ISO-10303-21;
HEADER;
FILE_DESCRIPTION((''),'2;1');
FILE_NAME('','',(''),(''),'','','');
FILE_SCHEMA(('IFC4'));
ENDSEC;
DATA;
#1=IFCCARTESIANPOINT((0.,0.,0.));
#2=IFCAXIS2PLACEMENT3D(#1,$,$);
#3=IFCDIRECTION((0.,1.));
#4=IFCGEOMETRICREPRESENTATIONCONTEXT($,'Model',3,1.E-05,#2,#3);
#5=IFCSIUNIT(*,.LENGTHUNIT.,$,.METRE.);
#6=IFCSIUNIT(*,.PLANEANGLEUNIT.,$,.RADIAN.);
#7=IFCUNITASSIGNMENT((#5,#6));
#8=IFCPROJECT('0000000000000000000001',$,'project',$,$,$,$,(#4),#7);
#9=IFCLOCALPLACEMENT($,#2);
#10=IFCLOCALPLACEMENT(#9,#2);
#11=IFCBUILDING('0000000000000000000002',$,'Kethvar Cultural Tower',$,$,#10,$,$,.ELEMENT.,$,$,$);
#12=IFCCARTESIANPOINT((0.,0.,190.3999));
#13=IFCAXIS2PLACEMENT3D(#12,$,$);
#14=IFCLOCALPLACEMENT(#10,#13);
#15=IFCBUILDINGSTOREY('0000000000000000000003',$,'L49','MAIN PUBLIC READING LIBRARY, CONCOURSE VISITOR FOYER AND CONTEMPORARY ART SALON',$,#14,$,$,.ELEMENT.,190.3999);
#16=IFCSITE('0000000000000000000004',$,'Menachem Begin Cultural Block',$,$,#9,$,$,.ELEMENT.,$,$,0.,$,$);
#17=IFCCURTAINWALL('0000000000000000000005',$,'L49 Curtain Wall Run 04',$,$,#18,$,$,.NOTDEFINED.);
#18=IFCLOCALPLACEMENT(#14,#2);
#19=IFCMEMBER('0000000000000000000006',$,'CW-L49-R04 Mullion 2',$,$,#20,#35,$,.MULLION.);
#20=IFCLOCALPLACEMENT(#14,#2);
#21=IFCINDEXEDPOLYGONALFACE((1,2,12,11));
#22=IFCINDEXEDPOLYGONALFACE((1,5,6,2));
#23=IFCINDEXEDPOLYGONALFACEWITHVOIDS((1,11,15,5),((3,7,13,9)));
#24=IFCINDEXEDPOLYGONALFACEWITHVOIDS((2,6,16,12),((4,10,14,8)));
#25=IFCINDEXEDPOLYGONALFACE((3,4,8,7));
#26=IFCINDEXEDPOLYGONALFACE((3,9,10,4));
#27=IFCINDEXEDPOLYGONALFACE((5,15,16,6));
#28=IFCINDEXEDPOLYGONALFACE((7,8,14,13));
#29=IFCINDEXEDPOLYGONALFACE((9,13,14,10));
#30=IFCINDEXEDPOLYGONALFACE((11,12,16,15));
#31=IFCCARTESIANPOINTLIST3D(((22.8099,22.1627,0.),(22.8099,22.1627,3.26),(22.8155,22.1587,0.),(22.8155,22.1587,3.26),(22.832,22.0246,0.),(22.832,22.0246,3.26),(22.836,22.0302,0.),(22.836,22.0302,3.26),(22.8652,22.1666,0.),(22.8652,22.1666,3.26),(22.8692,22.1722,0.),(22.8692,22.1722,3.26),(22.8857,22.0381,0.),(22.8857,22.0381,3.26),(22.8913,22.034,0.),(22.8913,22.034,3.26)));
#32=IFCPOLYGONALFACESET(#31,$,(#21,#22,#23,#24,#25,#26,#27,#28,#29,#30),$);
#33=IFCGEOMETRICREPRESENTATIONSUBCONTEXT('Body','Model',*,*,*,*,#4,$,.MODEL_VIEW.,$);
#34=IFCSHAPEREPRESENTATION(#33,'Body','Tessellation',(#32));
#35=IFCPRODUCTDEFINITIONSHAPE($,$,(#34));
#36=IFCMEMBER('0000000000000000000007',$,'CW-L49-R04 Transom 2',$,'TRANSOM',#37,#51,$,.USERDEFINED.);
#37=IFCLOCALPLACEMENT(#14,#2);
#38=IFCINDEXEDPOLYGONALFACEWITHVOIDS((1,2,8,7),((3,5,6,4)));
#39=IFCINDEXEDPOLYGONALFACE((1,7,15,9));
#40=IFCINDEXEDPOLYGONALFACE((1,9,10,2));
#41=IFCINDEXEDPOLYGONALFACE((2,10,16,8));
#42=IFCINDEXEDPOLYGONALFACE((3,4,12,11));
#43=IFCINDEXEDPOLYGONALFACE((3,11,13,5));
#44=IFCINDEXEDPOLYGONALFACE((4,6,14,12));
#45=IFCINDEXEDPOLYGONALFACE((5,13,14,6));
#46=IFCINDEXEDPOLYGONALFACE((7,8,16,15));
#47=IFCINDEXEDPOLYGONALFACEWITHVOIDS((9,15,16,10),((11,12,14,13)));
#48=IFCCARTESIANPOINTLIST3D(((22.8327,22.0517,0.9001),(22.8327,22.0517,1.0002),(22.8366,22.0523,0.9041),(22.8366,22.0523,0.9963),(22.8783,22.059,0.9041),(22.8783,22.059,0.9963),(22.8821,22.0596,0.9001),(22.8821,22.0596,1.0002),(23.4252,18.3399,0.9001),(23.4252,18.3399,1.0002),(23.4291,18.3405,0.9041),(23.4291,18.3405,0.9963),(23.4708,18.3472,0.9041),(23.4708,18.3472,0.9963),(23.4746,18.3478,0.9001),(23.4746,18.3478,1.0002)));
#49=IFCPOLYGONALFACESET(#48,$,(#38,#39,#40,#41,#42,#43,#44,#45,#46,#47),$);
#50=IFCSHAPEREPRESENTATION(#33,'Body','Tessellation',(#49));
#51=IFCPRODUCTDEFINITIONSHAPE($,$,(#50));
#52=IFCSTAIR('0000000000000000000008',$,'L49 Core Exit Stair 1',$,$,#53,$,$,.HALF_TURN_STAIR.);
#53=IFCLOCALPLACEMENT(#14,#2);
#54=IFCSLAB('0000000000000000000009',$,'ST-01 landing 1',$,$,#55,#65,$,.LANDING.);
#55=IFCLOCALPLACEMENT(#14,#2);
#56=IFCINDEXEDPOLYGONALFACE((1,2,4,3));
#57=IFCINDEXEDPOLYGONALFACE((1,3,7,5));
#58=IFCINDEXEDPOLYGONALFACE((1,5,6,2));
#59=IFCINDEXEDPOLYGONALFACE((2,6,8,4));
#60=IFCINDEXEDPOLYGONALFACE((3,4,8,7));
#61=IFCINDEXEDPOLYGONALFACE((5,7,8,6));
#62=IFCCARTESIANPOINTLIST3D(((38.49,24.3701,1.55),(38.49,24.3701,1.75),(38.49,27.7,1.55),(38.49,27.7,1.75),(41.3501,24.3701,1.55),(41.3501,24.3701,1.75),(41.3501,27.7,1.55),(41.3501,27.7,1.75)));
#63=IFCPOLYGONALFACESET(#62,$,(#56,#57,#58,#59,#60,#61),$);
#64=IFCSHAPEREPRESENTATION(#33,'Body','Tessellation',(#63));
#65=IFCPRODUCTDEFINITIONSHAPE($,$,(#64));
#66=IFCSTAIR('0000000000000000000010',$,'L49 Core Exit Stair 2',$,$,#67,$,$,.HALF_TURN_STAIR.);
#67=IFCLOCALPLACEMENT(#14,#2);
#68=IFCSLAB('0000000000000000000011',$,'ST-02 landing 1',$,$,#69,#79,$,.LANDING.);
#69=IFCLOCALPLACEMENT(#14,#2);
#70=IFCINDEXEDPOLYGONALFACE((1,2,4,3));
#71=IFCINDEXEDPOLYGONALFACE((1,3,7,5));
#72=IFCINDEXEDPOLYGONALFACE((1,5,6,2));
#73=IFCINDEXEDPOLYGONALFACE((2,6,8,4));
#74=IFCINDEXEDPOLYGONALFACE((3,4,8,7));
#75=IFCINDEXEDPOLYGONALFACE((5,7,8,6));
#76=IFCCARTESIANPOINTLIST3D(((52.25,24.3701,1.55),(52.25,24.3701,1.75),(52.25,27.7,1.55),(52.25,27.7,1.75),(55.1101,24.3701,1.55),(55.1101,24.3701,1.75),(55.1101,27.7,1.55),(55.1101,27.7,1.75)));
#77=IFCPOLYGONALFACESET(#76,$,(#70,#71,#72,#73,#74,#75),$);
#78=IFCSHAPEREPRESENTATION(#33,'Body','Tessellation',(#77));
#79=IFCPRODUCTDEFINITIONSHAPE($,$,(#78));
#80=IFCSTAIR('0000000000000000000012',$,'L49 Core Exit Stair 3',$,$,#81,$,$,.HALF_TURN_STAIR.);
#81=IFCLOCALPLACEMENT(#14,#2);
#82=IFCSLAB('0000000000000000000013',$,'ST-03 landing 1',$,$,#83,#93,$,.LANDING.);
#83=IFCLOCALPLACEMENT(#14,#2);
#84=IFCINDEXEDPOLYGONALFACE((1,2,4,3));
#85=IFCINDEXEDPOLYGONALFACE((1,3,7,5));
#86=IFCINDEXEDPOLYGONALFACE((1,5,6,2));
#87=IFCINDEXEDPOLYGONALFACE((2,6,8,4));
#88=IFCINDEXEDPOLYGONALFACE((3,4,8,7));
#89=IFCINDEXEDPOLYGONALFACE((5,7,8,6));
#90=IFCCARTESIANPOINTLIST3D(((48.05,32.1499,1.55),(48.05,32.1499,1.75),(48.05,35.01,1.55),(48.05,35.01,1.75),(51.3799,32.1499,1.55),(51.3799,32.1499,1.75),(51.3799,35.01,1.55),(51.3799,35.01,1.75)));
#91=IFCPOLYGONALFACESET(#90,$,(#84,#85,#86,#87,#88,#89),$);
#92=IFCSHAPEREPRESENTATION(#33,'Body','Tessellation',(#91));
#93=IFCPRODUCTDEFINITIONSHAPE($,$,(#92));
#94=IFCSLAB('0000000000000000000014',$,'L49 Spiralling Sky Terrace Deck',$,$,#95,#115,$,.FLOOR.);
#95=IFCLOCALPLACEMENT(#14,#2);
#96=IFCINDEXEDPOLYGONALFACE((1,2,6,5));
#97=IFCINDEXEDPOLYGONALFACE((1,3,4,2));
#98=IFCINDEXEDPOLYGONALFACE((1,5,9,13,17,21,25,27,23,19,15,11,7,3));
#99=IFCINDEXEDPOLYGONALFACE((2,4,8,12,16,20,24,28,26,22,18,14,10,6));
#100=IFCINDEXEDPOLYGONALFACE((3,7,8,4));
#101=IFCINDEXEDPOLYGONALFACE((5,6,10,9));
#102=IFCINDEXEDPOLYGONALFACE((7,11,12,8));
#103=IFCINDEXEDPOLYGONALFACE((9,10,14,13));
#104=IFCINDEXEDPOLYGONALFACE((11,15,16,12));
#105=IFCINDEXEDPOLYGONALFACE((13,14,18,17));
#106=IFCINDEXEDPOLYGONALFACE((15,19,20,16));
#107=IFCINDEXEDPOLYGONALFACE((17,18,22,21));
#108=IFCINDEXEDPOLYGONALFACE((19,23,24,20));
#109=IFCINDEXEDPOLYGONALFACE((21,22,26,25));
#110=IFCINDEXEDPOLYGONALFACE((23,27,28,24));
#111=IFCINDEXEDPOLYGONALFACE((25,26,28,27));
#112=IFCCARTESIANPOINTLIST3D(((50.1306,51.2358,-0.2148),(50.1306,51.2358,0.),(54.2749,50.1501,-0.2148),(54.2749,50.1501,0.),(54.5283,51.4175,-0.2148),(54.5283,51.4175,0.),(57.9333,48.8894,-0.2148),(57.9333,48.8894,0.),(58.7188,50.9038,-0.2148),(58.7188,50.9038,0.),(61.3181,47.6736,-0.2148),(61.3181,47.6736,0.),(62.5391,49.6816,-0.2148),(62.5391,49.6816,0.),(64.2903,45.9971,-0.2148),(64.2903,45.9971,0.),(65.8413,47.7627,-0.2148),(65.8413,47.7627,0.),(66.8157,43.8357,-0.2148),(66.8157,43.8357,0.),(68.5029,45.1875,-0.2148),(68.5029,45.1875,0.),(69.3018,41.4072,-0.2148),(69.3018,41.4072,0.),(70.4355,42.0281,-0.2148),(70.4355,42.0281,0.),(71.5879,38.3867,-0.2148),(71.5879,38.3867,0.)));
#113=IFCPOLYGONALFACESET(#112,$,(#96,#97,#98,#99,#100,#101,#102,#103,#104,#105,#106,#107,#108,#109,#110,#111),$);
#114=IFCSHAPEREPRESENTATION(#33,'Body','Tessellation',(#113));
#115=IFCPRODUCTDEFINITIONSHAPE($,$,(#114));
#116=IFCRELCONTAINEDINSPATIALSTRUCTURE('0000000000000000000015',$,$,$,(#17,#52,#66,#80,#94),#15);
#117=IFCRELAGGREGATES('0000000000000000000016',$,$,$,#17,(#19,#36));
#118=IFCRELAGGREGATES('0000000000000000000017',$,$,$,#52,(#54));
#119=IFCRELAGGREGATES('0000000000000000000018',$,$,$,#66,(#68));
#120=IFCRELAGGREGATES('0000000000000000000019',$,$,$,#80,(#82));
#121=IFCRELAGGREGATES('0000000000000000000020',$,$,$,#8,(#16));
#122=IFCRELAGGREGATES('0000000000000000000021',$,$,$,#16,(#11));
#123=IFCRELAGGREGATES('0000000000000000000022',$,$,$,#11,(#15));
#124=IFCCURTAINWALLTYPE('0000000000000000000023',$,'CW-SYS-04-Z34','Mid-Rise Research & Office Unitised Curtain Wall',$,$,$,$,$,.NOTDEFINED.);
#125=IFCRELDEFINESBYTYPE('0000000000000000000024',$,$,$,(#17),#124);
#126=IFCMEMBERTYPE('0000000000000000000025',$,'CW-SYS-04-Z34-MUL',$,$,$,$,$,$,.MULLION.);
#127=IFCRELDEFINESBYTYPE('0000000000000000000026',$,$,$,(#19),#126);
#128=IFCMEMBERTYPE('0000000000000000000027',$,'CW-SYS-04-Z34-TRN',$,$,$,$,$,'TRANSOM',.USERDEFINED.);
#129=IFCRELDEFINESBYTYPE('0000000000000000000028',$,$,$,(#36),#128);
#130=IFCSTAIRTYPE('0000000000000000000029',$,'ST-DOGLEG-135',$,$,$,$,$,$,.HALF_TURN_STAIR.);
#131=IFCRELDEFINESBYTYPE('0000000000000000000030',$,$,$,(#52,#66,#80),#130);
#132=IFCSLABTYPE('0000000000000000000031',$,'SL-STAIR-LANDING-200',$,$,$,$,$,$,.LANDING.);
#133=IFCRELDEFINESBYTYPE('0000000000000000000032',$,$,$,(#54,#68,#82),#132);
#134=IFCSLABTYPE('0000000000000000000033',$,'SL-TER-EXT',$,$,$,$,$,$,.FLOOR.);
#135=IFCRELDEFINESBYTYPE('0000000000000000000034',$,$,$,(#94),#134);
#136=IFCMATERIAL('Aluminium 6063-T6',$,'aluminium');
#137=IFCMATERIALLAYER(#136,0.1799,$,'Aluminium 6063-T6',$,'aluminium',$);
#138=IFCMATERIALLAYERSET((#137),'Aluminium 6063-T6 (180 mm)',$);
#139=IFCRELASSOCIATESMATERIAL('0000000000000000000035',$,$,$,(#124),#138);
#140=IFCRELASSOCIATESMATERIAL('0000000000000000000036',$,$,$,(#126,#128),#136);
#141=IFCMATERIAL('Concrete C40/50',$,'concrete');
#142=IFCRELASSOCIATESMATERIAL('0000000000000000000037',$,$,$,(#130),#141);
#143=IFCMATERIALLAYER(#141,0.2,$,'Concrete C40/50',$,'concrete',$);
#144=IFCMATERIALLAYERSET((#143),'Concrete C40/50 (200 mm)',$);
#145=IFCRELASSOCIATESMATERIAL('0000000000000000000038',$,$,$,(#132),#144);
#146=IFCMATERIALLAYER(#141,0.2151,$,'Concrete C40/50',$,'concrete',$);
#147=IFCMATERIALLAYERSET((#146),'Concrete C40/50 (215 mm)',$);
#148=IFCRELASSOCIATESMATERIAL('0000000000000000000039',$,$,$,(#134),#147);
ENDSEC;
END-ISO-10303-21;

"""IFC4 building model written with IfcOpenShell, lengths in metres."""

from ifc_helpers import new_model, si_unit, direction, frame, origin, origin_2d, place, context, subcontext, project, spatial, polyline, hollow_rectangle, outline, extrude, source, transform, mapped, material, layer, layer_set, material_profile, profile_set, type_object, element, aggregate, save


model = new_model("IFC4")

# Units and contexts
model_context = context("Model", 3, precision=1e-05, world=origin(), true_north=direction((0.0, 1.0)))
body_context = subcontext(model_context, "Body", "Model", "MODEL_VIEW")
ifc_project = project(units=[si_unit("LENGTHUNIT", "METRE"), si_unit("PLANEANGLEUNIT", "RADIAN")], contexts=[model_context])

# Site, building, storey
site_placement = place(None, origin())
site = spatial("IfcSite", under=ifc_project, at=site_placement, Name="Menachem Begin Cultural Block", CompositionType="ELEMENT", RefElevation=0.0)
building_placement = place(site_placement, origin())
building = spatial("IfcBuilding", under=site, at=building_placement, Name="Kethvar Cultural Tower", CompositionType="ELEMENT")
storey_placement = place(building_placement, frame((0.0, 0.0, 190.3999)))
storey = spatial("IfcBuildingStorey", under=building, at=storey_placement, Name="L49", Description="MAIN PUBLIC READING LIBRARY, CONCOURSE VISITOR FOYER AND CONTEMPORARY ART SALON", CompositionType="ELEMENT", Elevation=190.3999)

# Curtain wall, members
ifc_material_1 = material(Name="Aluminium 6063-T6", Category="aluminium")
ifc_layer_1 = layer(ifc_material_1, 0.1799, Name="Aluminium 6063-T6", Category="aluminium")
ifc_layer_set_1 = layer_set([ifc_layer_1], Name="Aluminium 6063-T6 (180 mm)")
curtain_wall_type = type_object("IfcCurtainWallType", Name="CW-SYS-04-Z34", Description="Mid-Rise Research & Office Unitised Curtain Wall", PredefinedType="NOTDEFINED", material=ifc_layer_set_1)
curtain_wall_placement = place(storey_placement, origin())
curtain_wall = element("IfcCurtainWall", 1, at=curtain_wall_placement, inside=storey, type_object=curtain_wall_type, Name="L49 Curtain Wall Run 04", PredefinedType="NOTDEFINED")
ifc_material_profile_1 = material_profile(ifc_material_1, hollow_rectangle(XDim=0.0601, YDim=0.1399, WallThickness=0.0049, at=origin_2d()), Name="Aluminium 6063-T6 — RHS140x60x5")
ifc_profile_set_1 = profile_set([ifc_material_profile_1], Name="Aluminium 6063-T6 — RHS140x60x5")
member_type_1 = type_object("IfcMemberType", Name="CW-SYS-04-Z34-MUL", PredefinedType="MULLION", material=ifc_profile_set_1)
shared_shape_1 = source(origin(), body_context, "Body", "SweptSolid", [
    extrude(hollow_rectangle(XDim=0.0601, YDim=0.1399, WallThickness=0.0049, at=origin_2d()), origin(), (0.0, 0.0, 1.0), 3.26),
])
member_1_placement = place(storey_placement, frame((22.8506, 22.0984, 0.0), z_axis=(0.0, 0.0, 1.0), x_axis=(0.987505, 0.157589, 0.0)))
member_1 = element("IfcMember", 2, at=member_1_placement, type_object=member_type_1, Name="CW-L49-R04 Mullion 2", PredefinedType="MULLION", context=body_context, shape_type="MappedRepresentation", body=[
    mapped(shared_shape_1, transform((0.0, 0.0, 0.0), scale=1.0)),
])
ifc_material_profile_2 = material_profile(ifc_material_1, hollow_rectangle(XDim=0.05, YDim=0.1001, WallThickness=0.0039, at=origin_2d()), Name="Aluminium 6063-T6 — RHS100x50x4")
ifc_profile_set_2 = profile_set([ifc_material_profile_2], Name="Aluminium 6063-T6 — RHS100x50x4")
member_type_2 = type_object("IfcMemberType", Name="CW-SYS-04-Z34-TRN", ElementType="TRANSOM", PredefinedType="USERDEFINED", material=ifc_profile_set_2)
shared_shape_2 = source(origin(), body_context, "Body", "SweptSolid", [
    extrude(hollow_rectangle(XDim=0.05, YDim=0.1001, WallThickness=0.0039, at=origin_2d()), origin(), (0.0, 0.0, 1.0), 3.7588),
])
member_2_placement = place(storey_placement, frame((22.8574, 22.0557, 0.9502), z_axis=(0.157633, -0.987498, 0.0), x_axis=(0.987498, 0.157633, 0.0)))
member_2 = element("IfcMember", 3, at=member_2_placement, type_object=member_type_2, Name="CW-L49-R04 Transom 2", ObjectType="TRANSOM", PredefinedType="USERDEFINED", context=body_context, shape_type="MappedRepresentation", body=[
    mapped(shared_shape_2, transform((0.0, 0.0, 0.0), scale=1.0)),
])
aggregate(curtain_wall, [member_1, member_2])

# Stairs, slabs
ifc_material_2 = material(Name="Concrete C40/50", Category="concrete")
stair_type = type_object("IfcStairType", Name="ST-DOGLEG-135", PredefinedType="HALF_TURN_STAIR", material=ifc_material_2)
stair_1_placement = place(storey_placement, origin())
stair_1 = element("IfcStair", 4, at=stair_1_placement, inside=storey, type_object=stair_type, Name="L49 Core Exit Stair 1", PredefinedType="HALF_TURN_STAIR")
ifc_layer_2 = layer(ifc_material_2, 0.2, Name="Concrete C40/50", Category="concrete")
ifc_layer_set_2 = layer_set([ifc_layer_2], Name="Concrete C40/50 (200 mm)")
slab_type_1 = type_object("IfcSlabType", Name="SL-STAIR-LANDING-200", PredefinedType="LANDING", material=ifc_layer_set_2)
slab_1_placement = place(storey_placement, frame((0.0, 0.0, 1.55)))
slab_1 = element("IfcSlab", 5, at=slab_1_placement, type_object=slab_type_1, Name="ST-01 landing 1", PredefinedType="LANDING", context=body_context, shape_type="SweptSolid", body=[
    extrude(outline(polyline([(41.3501, 24.3701), (41.3501, 27.7), (38.49, 27.7), (38.49, 24.3701), (41.3501, 24.3701)])), origin(), (0.0, 0.0, 1.0), 0.2),
])
aggregate(stair_1, [slab_1])
stair_2_placement = place(storey_placement, origin())
stair_2 = element("IfcStair", 6, at=stair_2_placement, inside=storey, type_object=stair_type, Name="L49 Core Exit Stair 2", PredefinedType="HALF_TURN_STAIR")
slab_2_placement = place(storey_placement, frame((0.0, 0.0, 1.55)))
slab_2 = element("IfcSlab", 7, at=slab_2_placement, type_object=slab_type_1, Name="ST-02 landing 1", PredefinedType="LANDING", context=body_context, shape_type="SweptSolid", body=[
    extrude(outline(polyline([(55.1101, 24.3701), (55.1101, 27.7), (52.25, 27.7), (52.25, 24.3701), (55.1101, 24.3701)])), origin(), (0.0, 0.0, 1.0), 0.2),
])
aggregate(stair_2, [slab_2])
stair_3_placement = place(storey_placement, origin())
stair_3 = element("IfcStair", 8, at=stair_3_placement, inside=storey, type_object=stair_type, Name="L49 Core Exit Stair 3", PredefinedType="HALF_TURN_STAIR")
slab_3_placement = place(storey_placement, frame((0.0, 0.0, 1.55)))
slab_3 = element("IfcSlab", 9, at=slab_3_placement, type_object=slab_type_1, Name="ST-03 landing 1", PredefinedType="LANDING", context=body_context, shape_type="SweptSolid", body=[
    extrude(outline(polyline([(51.3799, 35.01), (48.05, 35.01), (48.05, 32.1499), (51.3799, 32.1499), (51.3799, 35.01)])), origin(), (0.0, 0.0, 1.0), 0.2),
])
aggregate(stair_3, [slab_3])

# Slab
ifc_layer_3 = layer(ifc_material_2, 0.2151, Name="Concrete C40/50", Category="concrete")
ifc_layer_set_3 = layer_set([ifc_layer_3], Name="Concrete C40/50 (215 mm)")
slab_type_2 = type_object("IfcSlabType", Name="SL-TER-EXT", PredefinedType="FLOOR", material=ifc_layer_set_3)
slab_4_placement = place(storey_placement, frame((0.0, 0.0, -0.2148)))
element("IfcSlab", 10, at=slab_4_placement, inside=storey, type_object=slab_type_2, Name="L49 Spiralling Sky Terrace Deck", PredefinedType="FLOOR", context=body_context, shape_type="SweptSolid", body=[
    extrude(outline(polyline([(71.5879, 38.3867), (70.4355, 42.0281), (68.5029, 45.1875), (65.8413, 47.7627), (62.5391, 49.6816), (58.7188, 50.9038), (54.5283, 51.4175), (50.1306, 51.2358), (54.2749, 50.1501), (57.9333, 48.8894), (61.3181, 47.6736), (64.2903, 45.9971), (66.8157, 43.8357), (69.3018, 41.4072), (71.5879, 38.3867)])), origin(), (0.0, 0.0, 1.0), 0.2148),
])

save(model, "model.ifc")
